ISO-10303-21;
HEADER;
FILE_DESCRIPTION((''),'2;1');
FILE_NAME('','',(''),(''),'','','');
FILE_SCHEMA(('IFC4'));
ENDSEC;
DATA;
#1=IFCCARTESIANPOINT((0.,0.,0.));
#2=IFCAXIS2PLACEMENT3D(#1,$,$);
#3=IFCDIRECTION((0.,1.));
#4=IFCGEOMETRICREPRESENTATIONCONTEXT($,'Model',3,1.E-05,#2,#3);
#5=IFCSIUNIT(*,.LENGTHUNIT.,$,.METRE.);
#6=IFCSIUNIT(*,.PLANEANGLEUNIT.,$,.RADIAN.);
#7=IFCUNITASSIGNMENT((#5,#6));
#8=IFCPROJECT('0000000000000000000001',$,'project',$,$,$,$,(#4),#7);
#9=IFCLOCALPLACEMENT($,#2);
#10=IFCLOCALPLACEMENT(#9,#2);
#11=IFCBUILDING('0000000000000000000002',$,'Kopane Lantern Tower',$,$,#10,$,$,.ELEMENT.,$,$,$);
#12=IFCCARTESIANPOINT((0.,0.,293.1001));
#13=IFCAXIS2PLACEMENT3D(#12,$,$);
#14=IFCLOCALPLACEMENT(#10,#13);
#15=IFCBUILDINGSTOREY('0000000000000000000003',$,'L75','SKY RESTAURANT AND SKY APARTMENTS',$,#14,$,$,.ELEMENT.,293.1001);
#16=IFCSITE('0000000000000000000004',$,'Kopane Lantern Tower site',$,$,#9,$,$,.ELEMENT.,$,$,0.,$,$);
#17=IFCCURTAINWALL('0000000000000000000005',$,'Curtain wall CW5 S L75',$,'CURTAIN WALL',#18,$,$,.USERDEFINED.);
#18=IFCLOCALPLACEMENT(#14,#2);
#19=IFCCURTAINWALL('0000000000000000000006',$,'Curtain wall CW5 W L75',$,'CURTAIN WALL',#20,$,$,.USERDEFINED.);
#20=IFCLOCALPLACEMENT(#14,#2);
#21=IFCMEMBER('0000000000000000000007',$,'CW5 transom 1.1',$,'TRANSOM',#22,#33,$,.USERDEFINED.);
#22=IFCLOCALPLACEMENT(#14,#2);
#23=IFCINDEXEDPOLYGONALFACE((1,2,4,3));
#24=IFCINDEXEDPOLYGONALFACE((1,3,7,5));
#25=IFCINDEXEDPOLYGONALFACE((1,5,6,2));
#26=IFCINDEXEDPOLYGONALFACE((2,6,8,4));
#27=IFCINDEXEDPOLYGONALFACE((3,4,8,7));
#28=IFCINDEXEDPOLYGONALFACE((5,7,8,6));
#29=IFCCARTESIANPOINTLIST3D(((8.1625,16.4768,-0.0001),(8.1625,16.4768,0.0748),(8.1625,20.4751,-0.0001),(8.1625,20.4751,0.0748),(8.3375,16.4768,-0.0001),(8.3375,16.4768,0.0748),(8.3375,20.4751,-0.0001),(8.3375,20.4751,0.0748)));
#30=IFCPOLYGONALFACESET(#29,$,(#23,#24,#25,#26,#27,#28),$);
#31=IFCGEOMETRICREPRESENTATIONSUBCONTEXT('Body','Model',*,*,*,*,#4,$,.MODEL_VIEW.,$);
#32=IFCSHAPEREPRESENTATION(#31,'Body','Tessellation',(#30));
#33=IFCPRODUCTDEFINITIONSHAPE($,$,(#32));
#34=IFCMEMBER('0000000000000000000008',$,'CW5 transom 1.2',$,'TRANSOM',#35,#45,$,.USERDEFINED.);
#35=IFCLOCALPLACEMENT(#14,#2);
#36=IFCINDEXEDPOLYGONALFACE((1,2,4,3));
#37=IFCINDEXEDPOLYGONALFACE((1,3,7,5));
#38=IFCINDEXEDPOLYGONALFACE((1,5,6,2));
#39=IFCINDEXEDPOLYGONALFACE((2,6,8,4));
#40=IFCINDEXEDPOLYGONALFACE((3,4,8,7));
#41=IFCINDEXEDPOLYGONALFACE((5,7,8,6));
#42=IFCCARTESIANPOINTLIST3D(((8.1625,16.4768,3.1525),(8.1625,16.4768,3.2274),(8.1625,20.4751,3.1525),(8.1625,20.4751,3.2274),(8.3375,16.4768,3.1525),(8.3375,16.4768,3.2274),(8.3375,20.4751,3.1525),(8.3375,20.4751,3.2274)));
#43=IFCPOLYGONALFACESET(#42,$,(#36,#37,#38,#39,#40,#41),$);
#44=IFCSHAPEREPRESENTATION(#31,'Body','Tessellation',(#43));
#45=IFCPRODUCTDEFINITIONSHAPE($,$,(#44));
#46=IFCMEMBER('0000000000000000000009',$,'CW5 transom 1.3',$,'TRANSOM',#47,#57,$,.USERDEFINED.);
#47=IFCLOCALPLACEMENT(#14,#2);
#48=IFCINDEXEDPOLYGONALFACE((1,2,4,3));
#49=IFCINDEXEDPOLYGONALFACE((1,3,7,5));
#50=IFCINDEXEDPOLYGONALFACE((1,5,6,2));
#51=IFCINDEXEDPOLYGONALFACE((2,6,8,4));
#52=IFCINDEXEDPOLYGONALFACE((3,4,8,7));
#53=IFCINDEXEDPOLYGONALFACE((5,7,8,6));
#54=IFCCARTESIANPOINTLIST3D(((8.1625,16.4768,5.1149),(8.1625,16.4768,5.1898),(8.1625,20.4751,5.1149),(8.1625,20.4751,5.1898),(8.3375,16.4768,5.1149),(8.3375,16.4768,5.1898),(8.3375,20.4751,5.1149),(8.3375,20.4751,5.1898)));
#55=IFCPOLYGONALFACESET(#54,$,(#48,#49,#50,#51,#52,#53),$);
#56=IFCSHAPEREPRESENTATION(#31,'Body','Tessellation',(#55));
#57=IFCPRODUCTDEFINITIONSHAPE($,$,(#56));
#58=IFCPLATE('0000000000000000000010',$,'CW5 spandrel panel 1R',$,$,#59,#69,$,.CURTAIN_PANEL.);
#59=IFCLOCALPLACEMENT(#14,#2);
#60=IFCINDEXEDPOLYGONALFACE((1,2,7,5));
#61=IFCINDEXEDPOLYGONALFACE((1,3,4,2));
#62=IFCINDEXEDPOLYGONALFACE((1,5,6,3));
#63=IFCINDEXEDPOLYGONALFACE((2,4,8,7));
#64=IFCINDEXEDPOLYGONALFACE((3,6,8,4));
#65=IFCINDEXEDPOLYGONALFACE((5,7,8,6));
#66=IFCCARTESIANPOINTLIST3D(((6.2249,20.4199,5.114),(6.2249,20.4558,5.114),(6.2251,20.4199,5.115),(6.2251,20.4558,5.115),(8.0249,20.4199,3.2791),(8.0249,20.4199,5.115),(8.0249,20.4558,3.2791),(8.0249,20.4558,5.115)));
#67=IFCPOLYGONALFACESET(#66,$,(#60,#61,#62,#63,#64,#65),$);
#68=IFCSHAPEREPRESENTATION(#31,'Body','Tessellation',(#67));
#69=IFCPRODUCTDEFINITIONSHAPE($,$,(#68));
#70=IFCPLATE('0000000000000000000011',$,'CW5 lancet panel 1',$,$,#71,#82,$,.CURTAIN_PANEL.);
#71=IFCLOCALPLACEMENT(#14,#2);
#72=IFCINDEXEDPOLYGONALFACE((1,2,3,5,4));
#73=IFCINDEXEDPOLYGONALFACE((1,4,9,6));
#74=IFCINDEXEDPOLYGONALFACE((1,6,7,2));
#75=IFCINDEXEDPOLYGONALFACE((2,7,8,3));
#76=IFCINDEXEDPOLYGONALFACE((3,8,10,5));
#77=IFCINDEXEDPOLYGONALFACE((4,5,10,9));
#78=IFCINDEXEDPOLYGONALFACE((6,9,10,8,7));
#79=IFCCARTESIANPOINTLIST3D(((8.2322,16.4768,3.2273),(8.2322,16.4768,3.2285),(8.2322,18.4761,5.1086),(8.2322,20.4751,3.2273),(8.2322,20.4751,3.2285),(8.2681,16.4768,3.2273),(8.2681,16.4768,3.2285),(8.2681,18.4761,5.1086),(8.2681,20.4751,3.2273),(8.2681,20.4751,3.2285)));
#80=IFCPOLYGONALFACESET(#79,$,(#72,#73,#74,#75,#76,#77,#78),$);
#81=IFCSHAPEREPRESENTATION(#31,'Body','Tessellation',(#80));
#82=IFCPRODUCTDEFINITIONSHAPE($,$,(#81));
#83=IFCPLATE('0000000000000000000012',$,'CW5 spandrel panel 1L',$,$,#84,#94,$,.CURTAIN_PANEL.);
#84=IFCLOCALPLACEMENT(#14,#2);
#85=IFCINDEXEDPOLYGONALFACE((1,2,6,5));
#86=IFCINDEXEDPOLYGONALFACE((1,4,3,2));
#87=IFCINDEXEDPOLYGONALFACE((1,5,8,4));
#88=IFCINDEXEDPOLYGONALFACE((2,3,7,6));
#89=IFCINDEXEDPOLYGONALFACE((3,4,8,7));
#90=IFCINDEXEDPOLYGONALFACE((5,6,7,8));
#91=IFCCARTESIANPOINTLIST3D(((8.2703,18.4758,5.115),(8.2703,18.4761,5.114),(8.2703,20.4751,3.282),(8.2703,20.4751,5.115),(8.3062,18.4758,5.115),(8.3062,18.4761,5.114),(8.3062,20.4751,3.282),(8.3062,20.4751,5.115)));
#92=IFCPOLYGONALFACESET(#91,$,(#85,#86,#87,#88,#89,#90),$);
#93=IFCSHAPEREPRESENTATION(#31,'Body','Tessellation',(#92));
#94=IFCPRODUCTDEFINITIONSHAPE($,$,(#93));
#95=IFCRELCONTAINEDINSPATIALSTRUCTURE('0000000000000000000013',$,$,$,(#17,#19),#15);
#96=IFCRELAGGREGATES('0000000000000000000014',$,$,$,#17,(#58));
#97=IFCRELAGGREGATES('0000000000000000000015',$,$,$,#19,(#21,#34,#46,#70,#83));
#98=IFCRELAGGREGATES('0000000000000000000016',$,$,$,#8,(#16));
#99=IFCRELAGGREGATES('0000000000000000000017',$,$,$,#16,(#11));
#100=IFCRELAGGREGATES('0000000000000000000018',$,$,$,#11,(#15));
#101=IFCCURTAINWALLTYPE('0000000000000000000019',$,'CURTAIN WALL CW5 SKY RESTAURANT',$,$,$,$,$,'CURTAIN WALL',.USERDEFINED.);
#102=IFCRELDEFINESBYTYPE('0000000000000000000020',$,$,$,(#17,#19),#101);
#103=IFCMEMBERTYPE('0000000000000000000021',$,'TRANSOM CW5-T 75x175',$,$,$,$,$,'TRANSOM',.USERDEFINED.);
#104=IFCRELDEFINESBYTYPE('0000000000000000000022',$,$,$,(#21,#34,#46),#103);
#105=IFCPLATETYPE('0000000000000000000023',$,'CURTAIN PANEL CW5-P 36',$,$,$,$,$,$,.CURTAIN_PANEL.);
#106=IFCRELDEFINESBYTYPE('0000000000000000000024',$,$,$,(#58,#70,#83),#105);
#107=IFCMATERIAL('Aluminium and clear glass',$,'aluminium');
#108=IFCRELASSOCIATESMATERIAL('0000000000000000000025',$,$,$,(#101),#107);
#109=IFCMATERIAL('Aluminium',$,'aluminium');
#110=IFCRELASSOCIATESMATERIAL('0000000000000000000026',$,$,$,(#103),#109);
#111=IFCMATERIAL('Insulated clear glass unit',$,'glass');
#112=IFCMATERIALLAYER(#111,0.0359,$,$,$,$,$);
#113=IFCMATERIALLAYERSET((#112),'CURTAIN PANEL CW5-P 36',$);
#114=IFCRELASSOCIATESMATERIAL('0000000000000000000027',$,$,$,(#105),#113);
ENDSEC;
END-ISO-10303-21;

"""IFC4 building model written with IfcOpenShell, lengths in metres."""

from ifc_helpers import new_model, si_unit, direction, frame, origin, origin_2d, place, context, subcontext, project, spatial, polyline, rectangle, outline, extrude, material, layer, layer_set, material_profile, profile_set, type_object, element, aggregate, save


model = new_model("IFC4")

# Units and contexts
model_context = context("Model", 3, precision=1e-05, world=origin(), true_north=direction((0.0, 1.0)))
body_context = subcontext(model_context, "Body", "Model", "MODEL_VIEW")
ifc_project = project(units=[si_unit("LENGTHUNIT", "METRE"), si_unit("PLANEANGLEUNIT", "RADIAN")], contexts=[model_context])

# Site, building, storey
site_placement = place(None, origin())
site = spatial("IfcSite", under=ifc_project, at=site_placement, Name="Kopane Lantern Tower site", CompositionType="ELEMENT", RefElevation=0.0)
building_placement = place(site_placement, origin())
building = spatial("IfcBuilding", under=site, at=building_placement, Name="Kopane Lantern Tower", CompositionType="ELEMENT")
storey_placement = place(building_placement, frame((0.0, 0.0, 293.1001)))
storey = spatial("IfcBuildingStorey", under=building, at=storey_placement, Name="L75", Description="SKY RESTAURANT AND SKY APARTMENTS", CompositionType="ELEMENT", Elevation=293.1001)

# Curtain wall
ifc_material_1 = material(Name="Aluminium and clear glass", Category="aluminium")
curtain_wall_type = type_object("IfcCurtainWallType", Name="CURTAIN WALL CW5 SKY RESTAURANT", ElementType="CURTAIN WALL", PredefinedType="USERDEFINED", material=ifc_material_1)
curtain_wall_1_placement = place(storey_placement, origin())
curtain_wall_1 = element("IfcCurtainWall", 1, at=curtain_wall_1_placement, inside=storey, type_object=curtain_wall_type, Name="Curtain wall CW5 S L75", ObjectType="CURTAIN WALL", PredefinedType="USERDEFINED")

# Curtain wall, members
curtain_wall_2_placement = place(storey_placement, origin())
curtain_wall_2 = element("IfcCurtainWall", 2, at=curtain_wall_2_placement, inside=storey, type_object=curtain_wall_type, Name="Curtain wall CW5 W L75", ObjectType="CURTAIN WALL", PredefinedType="USERDEFINED")
ifc_material_2 = material(Name="Aluminium", Category="aluminium")
ifc_material_profile_1 = material_profile(ifc_material_2, rectangle(XDim=0.175, YDim=0.075, at=origin_2d()), Name="AL 175x75")
ifc_profile_set_1 = profile_set([ifc_material_profile_1], Name="Aluminium")
member_type_1 = type_object("IfcMemberType", Name="TRANSOM CW5-T 75x175", ElementType="TRANSOM", PredefinedType="USERDEFINED", material=ifc_profile_set_1)
member_1_placement = place(storey_placement, frame((8.25, 20.4751, 0.0374), z_axis=(0.0, -1.0, 0.0), x_axis=(1.0, 0.0, 0.0)))
member_1 = element("IfcMember", 3, at=member_1_placement, type_object=member_type_1, Name="CW5 transom 1.1", ObjectType="TRANSOM", PredefinedType="USERDEFINED", context=body_context, shape_type="SweptSolid", body=[
    extrude(rectangle(XDim=0.175, YDim=0.075, at=origin_2d()), origin(), (0.0, 0.0, 1.0), 3.9983),
])
member_2_placement = place(storey_placement, frame((8.25, 20.4751, 3.1899), z_axis=(0.0, -1.0, 0.0), x_axis=(1.0, 0.0, 0.0)))
member_2 = element("IfcMember", 4, at=member_2_placement, type_object=member_type_1, Name="CW5 transom 1.2", ObjectType="TRANSOM", PredefinedType="USERDEFINED", context=body_context, shape_type="SweptSolid", body=[
    extrude(rectangle(XDim=0.175, YDim=0.075, at=origin_2d()), origin(), (0.0, 0.0, 1.0), 3.9983),
])
member_3_placement = place(storey_placement, frame((8.25, 20.4751, 5.1523), z_axis=(0.0, -1.0, 0.0), x_axis=(1.0, 0.0, 0.0)))
member_3 = element("IfcMember", 5, at=member_3_placement, type_object=member_type_1, Name="CW5 transom 1.3", ObjectType="TRANSOM", PredefinedType="USERDEFINED", context=body_context, shape_type="SweptSolid", body=[
    extrude(rectangle(XDim=0.175, YDim=0.075, at=origin_2d()), origin(), (0.0, 0.0, 1.0), 3.9983),
])

# Plates
ifc_material_3 = material(Name="Insulated clear glass unit", Category="glass")
ifc_layer_1 = layer(ifc_material_3, 0.0359)
ifc_layer_set_1 = layer_set([ifc_layer_1], Name="CURTAIN PANEL CW5-P 36")
plate_type = type_object("IfcPlateType", Name="CURTAIN PANEL CW5-P 36", PredefinedType="CURTAIN_PANEL", material=ifc_layer_set_1)
plate_1_placement = place(storey_placement, frame((8.0249, 20.438, 5.115), z_axis=(0.0, 0.0, 1.0), x_axis=(-1.0, 0.0, 0.0)))
plate_1 = element("IfcPlate", 6, at=plate_1_placement, type_object=plate_type, Name="CW5 spandrel panel 1R", PredefinedType="CURTAIN_PANEL", context=body_context, shape_type="SweptSolid", body=[
    extrude(outline(polyline([(0.0, 0.0), (1.7998, 0.0), (1.8, -0.001), (0.0, -1.8359), (0.0, 0.0)])), frame((0.0, 0.0181, 0.0), z_axis=(0.0, -1.0, 0.0), x_axis=(1.0, 0.0, 0.0)), (0.0, 0.0, 1.0), 0.0359),
])
aggregate(curtain_wall_1, [plate_1])
plate_2_placement = place(storey_placement, frame((8.25, 20.4751, 3.2273), z_axis=(0.0, 0.0, 1.0), x_axis=(0.0, -1.0, 0.0)))
plate_2 = element("IfcPlate", 7, at=plate_2_placement, type_object=plate_type, Name="CW5 lancet panel 1", PredefinedType="CURTAIN_PANEL", context=body_context, shape_type="SweptSolid", body=[
    extrude(outline(polyline([(0.0, 0.0), (3.9983, 0.0), (3.9983, 0.0012), (1.999, 1.8813), (0.0, 0.0012), (0.0, 0.0)])), frame((0.0, 0.0181, 0.0), z_axis=(0.0, -1.0, 0.0), x_axis=(1.0, 0.0, 0.0)), (0.0, 0.0, 1.0), 0.0359),
])
plate_3_placement = place(storey_placement, frame((8.2881, 20.4751, 5.115), z_axis=(0.0, 0.0, 1.0), x_axis=(0.0, -1.0, 0.0)))
plate_3 = element("IfcPlate", 8, at=plate_3_placement, type_object=plate_type, Name="CW5 spandrel panel 1L", PredefinedType="CURTAIN_PANEL", context=body_context, shape_type="SweptSolid", body=[
    extrude(outline(polyline([(0.0, 0.0), (1.9993, 0.0), (1.999, -0.001), (0.0, -1.833), (0.0, 0.0)])), frame((0.0, 0.0181, 0.0), z_axis=(0.0, -1.0, 0.0), x_axis=(1.0, 0.0, 0.0)), (0.0, 0.0, 1.0), 0.0359),
])
aggregate(curtain_wall_2, [member_1, member_2, member_3, plate_2, plate_3])

save(model, "model.ifc")
